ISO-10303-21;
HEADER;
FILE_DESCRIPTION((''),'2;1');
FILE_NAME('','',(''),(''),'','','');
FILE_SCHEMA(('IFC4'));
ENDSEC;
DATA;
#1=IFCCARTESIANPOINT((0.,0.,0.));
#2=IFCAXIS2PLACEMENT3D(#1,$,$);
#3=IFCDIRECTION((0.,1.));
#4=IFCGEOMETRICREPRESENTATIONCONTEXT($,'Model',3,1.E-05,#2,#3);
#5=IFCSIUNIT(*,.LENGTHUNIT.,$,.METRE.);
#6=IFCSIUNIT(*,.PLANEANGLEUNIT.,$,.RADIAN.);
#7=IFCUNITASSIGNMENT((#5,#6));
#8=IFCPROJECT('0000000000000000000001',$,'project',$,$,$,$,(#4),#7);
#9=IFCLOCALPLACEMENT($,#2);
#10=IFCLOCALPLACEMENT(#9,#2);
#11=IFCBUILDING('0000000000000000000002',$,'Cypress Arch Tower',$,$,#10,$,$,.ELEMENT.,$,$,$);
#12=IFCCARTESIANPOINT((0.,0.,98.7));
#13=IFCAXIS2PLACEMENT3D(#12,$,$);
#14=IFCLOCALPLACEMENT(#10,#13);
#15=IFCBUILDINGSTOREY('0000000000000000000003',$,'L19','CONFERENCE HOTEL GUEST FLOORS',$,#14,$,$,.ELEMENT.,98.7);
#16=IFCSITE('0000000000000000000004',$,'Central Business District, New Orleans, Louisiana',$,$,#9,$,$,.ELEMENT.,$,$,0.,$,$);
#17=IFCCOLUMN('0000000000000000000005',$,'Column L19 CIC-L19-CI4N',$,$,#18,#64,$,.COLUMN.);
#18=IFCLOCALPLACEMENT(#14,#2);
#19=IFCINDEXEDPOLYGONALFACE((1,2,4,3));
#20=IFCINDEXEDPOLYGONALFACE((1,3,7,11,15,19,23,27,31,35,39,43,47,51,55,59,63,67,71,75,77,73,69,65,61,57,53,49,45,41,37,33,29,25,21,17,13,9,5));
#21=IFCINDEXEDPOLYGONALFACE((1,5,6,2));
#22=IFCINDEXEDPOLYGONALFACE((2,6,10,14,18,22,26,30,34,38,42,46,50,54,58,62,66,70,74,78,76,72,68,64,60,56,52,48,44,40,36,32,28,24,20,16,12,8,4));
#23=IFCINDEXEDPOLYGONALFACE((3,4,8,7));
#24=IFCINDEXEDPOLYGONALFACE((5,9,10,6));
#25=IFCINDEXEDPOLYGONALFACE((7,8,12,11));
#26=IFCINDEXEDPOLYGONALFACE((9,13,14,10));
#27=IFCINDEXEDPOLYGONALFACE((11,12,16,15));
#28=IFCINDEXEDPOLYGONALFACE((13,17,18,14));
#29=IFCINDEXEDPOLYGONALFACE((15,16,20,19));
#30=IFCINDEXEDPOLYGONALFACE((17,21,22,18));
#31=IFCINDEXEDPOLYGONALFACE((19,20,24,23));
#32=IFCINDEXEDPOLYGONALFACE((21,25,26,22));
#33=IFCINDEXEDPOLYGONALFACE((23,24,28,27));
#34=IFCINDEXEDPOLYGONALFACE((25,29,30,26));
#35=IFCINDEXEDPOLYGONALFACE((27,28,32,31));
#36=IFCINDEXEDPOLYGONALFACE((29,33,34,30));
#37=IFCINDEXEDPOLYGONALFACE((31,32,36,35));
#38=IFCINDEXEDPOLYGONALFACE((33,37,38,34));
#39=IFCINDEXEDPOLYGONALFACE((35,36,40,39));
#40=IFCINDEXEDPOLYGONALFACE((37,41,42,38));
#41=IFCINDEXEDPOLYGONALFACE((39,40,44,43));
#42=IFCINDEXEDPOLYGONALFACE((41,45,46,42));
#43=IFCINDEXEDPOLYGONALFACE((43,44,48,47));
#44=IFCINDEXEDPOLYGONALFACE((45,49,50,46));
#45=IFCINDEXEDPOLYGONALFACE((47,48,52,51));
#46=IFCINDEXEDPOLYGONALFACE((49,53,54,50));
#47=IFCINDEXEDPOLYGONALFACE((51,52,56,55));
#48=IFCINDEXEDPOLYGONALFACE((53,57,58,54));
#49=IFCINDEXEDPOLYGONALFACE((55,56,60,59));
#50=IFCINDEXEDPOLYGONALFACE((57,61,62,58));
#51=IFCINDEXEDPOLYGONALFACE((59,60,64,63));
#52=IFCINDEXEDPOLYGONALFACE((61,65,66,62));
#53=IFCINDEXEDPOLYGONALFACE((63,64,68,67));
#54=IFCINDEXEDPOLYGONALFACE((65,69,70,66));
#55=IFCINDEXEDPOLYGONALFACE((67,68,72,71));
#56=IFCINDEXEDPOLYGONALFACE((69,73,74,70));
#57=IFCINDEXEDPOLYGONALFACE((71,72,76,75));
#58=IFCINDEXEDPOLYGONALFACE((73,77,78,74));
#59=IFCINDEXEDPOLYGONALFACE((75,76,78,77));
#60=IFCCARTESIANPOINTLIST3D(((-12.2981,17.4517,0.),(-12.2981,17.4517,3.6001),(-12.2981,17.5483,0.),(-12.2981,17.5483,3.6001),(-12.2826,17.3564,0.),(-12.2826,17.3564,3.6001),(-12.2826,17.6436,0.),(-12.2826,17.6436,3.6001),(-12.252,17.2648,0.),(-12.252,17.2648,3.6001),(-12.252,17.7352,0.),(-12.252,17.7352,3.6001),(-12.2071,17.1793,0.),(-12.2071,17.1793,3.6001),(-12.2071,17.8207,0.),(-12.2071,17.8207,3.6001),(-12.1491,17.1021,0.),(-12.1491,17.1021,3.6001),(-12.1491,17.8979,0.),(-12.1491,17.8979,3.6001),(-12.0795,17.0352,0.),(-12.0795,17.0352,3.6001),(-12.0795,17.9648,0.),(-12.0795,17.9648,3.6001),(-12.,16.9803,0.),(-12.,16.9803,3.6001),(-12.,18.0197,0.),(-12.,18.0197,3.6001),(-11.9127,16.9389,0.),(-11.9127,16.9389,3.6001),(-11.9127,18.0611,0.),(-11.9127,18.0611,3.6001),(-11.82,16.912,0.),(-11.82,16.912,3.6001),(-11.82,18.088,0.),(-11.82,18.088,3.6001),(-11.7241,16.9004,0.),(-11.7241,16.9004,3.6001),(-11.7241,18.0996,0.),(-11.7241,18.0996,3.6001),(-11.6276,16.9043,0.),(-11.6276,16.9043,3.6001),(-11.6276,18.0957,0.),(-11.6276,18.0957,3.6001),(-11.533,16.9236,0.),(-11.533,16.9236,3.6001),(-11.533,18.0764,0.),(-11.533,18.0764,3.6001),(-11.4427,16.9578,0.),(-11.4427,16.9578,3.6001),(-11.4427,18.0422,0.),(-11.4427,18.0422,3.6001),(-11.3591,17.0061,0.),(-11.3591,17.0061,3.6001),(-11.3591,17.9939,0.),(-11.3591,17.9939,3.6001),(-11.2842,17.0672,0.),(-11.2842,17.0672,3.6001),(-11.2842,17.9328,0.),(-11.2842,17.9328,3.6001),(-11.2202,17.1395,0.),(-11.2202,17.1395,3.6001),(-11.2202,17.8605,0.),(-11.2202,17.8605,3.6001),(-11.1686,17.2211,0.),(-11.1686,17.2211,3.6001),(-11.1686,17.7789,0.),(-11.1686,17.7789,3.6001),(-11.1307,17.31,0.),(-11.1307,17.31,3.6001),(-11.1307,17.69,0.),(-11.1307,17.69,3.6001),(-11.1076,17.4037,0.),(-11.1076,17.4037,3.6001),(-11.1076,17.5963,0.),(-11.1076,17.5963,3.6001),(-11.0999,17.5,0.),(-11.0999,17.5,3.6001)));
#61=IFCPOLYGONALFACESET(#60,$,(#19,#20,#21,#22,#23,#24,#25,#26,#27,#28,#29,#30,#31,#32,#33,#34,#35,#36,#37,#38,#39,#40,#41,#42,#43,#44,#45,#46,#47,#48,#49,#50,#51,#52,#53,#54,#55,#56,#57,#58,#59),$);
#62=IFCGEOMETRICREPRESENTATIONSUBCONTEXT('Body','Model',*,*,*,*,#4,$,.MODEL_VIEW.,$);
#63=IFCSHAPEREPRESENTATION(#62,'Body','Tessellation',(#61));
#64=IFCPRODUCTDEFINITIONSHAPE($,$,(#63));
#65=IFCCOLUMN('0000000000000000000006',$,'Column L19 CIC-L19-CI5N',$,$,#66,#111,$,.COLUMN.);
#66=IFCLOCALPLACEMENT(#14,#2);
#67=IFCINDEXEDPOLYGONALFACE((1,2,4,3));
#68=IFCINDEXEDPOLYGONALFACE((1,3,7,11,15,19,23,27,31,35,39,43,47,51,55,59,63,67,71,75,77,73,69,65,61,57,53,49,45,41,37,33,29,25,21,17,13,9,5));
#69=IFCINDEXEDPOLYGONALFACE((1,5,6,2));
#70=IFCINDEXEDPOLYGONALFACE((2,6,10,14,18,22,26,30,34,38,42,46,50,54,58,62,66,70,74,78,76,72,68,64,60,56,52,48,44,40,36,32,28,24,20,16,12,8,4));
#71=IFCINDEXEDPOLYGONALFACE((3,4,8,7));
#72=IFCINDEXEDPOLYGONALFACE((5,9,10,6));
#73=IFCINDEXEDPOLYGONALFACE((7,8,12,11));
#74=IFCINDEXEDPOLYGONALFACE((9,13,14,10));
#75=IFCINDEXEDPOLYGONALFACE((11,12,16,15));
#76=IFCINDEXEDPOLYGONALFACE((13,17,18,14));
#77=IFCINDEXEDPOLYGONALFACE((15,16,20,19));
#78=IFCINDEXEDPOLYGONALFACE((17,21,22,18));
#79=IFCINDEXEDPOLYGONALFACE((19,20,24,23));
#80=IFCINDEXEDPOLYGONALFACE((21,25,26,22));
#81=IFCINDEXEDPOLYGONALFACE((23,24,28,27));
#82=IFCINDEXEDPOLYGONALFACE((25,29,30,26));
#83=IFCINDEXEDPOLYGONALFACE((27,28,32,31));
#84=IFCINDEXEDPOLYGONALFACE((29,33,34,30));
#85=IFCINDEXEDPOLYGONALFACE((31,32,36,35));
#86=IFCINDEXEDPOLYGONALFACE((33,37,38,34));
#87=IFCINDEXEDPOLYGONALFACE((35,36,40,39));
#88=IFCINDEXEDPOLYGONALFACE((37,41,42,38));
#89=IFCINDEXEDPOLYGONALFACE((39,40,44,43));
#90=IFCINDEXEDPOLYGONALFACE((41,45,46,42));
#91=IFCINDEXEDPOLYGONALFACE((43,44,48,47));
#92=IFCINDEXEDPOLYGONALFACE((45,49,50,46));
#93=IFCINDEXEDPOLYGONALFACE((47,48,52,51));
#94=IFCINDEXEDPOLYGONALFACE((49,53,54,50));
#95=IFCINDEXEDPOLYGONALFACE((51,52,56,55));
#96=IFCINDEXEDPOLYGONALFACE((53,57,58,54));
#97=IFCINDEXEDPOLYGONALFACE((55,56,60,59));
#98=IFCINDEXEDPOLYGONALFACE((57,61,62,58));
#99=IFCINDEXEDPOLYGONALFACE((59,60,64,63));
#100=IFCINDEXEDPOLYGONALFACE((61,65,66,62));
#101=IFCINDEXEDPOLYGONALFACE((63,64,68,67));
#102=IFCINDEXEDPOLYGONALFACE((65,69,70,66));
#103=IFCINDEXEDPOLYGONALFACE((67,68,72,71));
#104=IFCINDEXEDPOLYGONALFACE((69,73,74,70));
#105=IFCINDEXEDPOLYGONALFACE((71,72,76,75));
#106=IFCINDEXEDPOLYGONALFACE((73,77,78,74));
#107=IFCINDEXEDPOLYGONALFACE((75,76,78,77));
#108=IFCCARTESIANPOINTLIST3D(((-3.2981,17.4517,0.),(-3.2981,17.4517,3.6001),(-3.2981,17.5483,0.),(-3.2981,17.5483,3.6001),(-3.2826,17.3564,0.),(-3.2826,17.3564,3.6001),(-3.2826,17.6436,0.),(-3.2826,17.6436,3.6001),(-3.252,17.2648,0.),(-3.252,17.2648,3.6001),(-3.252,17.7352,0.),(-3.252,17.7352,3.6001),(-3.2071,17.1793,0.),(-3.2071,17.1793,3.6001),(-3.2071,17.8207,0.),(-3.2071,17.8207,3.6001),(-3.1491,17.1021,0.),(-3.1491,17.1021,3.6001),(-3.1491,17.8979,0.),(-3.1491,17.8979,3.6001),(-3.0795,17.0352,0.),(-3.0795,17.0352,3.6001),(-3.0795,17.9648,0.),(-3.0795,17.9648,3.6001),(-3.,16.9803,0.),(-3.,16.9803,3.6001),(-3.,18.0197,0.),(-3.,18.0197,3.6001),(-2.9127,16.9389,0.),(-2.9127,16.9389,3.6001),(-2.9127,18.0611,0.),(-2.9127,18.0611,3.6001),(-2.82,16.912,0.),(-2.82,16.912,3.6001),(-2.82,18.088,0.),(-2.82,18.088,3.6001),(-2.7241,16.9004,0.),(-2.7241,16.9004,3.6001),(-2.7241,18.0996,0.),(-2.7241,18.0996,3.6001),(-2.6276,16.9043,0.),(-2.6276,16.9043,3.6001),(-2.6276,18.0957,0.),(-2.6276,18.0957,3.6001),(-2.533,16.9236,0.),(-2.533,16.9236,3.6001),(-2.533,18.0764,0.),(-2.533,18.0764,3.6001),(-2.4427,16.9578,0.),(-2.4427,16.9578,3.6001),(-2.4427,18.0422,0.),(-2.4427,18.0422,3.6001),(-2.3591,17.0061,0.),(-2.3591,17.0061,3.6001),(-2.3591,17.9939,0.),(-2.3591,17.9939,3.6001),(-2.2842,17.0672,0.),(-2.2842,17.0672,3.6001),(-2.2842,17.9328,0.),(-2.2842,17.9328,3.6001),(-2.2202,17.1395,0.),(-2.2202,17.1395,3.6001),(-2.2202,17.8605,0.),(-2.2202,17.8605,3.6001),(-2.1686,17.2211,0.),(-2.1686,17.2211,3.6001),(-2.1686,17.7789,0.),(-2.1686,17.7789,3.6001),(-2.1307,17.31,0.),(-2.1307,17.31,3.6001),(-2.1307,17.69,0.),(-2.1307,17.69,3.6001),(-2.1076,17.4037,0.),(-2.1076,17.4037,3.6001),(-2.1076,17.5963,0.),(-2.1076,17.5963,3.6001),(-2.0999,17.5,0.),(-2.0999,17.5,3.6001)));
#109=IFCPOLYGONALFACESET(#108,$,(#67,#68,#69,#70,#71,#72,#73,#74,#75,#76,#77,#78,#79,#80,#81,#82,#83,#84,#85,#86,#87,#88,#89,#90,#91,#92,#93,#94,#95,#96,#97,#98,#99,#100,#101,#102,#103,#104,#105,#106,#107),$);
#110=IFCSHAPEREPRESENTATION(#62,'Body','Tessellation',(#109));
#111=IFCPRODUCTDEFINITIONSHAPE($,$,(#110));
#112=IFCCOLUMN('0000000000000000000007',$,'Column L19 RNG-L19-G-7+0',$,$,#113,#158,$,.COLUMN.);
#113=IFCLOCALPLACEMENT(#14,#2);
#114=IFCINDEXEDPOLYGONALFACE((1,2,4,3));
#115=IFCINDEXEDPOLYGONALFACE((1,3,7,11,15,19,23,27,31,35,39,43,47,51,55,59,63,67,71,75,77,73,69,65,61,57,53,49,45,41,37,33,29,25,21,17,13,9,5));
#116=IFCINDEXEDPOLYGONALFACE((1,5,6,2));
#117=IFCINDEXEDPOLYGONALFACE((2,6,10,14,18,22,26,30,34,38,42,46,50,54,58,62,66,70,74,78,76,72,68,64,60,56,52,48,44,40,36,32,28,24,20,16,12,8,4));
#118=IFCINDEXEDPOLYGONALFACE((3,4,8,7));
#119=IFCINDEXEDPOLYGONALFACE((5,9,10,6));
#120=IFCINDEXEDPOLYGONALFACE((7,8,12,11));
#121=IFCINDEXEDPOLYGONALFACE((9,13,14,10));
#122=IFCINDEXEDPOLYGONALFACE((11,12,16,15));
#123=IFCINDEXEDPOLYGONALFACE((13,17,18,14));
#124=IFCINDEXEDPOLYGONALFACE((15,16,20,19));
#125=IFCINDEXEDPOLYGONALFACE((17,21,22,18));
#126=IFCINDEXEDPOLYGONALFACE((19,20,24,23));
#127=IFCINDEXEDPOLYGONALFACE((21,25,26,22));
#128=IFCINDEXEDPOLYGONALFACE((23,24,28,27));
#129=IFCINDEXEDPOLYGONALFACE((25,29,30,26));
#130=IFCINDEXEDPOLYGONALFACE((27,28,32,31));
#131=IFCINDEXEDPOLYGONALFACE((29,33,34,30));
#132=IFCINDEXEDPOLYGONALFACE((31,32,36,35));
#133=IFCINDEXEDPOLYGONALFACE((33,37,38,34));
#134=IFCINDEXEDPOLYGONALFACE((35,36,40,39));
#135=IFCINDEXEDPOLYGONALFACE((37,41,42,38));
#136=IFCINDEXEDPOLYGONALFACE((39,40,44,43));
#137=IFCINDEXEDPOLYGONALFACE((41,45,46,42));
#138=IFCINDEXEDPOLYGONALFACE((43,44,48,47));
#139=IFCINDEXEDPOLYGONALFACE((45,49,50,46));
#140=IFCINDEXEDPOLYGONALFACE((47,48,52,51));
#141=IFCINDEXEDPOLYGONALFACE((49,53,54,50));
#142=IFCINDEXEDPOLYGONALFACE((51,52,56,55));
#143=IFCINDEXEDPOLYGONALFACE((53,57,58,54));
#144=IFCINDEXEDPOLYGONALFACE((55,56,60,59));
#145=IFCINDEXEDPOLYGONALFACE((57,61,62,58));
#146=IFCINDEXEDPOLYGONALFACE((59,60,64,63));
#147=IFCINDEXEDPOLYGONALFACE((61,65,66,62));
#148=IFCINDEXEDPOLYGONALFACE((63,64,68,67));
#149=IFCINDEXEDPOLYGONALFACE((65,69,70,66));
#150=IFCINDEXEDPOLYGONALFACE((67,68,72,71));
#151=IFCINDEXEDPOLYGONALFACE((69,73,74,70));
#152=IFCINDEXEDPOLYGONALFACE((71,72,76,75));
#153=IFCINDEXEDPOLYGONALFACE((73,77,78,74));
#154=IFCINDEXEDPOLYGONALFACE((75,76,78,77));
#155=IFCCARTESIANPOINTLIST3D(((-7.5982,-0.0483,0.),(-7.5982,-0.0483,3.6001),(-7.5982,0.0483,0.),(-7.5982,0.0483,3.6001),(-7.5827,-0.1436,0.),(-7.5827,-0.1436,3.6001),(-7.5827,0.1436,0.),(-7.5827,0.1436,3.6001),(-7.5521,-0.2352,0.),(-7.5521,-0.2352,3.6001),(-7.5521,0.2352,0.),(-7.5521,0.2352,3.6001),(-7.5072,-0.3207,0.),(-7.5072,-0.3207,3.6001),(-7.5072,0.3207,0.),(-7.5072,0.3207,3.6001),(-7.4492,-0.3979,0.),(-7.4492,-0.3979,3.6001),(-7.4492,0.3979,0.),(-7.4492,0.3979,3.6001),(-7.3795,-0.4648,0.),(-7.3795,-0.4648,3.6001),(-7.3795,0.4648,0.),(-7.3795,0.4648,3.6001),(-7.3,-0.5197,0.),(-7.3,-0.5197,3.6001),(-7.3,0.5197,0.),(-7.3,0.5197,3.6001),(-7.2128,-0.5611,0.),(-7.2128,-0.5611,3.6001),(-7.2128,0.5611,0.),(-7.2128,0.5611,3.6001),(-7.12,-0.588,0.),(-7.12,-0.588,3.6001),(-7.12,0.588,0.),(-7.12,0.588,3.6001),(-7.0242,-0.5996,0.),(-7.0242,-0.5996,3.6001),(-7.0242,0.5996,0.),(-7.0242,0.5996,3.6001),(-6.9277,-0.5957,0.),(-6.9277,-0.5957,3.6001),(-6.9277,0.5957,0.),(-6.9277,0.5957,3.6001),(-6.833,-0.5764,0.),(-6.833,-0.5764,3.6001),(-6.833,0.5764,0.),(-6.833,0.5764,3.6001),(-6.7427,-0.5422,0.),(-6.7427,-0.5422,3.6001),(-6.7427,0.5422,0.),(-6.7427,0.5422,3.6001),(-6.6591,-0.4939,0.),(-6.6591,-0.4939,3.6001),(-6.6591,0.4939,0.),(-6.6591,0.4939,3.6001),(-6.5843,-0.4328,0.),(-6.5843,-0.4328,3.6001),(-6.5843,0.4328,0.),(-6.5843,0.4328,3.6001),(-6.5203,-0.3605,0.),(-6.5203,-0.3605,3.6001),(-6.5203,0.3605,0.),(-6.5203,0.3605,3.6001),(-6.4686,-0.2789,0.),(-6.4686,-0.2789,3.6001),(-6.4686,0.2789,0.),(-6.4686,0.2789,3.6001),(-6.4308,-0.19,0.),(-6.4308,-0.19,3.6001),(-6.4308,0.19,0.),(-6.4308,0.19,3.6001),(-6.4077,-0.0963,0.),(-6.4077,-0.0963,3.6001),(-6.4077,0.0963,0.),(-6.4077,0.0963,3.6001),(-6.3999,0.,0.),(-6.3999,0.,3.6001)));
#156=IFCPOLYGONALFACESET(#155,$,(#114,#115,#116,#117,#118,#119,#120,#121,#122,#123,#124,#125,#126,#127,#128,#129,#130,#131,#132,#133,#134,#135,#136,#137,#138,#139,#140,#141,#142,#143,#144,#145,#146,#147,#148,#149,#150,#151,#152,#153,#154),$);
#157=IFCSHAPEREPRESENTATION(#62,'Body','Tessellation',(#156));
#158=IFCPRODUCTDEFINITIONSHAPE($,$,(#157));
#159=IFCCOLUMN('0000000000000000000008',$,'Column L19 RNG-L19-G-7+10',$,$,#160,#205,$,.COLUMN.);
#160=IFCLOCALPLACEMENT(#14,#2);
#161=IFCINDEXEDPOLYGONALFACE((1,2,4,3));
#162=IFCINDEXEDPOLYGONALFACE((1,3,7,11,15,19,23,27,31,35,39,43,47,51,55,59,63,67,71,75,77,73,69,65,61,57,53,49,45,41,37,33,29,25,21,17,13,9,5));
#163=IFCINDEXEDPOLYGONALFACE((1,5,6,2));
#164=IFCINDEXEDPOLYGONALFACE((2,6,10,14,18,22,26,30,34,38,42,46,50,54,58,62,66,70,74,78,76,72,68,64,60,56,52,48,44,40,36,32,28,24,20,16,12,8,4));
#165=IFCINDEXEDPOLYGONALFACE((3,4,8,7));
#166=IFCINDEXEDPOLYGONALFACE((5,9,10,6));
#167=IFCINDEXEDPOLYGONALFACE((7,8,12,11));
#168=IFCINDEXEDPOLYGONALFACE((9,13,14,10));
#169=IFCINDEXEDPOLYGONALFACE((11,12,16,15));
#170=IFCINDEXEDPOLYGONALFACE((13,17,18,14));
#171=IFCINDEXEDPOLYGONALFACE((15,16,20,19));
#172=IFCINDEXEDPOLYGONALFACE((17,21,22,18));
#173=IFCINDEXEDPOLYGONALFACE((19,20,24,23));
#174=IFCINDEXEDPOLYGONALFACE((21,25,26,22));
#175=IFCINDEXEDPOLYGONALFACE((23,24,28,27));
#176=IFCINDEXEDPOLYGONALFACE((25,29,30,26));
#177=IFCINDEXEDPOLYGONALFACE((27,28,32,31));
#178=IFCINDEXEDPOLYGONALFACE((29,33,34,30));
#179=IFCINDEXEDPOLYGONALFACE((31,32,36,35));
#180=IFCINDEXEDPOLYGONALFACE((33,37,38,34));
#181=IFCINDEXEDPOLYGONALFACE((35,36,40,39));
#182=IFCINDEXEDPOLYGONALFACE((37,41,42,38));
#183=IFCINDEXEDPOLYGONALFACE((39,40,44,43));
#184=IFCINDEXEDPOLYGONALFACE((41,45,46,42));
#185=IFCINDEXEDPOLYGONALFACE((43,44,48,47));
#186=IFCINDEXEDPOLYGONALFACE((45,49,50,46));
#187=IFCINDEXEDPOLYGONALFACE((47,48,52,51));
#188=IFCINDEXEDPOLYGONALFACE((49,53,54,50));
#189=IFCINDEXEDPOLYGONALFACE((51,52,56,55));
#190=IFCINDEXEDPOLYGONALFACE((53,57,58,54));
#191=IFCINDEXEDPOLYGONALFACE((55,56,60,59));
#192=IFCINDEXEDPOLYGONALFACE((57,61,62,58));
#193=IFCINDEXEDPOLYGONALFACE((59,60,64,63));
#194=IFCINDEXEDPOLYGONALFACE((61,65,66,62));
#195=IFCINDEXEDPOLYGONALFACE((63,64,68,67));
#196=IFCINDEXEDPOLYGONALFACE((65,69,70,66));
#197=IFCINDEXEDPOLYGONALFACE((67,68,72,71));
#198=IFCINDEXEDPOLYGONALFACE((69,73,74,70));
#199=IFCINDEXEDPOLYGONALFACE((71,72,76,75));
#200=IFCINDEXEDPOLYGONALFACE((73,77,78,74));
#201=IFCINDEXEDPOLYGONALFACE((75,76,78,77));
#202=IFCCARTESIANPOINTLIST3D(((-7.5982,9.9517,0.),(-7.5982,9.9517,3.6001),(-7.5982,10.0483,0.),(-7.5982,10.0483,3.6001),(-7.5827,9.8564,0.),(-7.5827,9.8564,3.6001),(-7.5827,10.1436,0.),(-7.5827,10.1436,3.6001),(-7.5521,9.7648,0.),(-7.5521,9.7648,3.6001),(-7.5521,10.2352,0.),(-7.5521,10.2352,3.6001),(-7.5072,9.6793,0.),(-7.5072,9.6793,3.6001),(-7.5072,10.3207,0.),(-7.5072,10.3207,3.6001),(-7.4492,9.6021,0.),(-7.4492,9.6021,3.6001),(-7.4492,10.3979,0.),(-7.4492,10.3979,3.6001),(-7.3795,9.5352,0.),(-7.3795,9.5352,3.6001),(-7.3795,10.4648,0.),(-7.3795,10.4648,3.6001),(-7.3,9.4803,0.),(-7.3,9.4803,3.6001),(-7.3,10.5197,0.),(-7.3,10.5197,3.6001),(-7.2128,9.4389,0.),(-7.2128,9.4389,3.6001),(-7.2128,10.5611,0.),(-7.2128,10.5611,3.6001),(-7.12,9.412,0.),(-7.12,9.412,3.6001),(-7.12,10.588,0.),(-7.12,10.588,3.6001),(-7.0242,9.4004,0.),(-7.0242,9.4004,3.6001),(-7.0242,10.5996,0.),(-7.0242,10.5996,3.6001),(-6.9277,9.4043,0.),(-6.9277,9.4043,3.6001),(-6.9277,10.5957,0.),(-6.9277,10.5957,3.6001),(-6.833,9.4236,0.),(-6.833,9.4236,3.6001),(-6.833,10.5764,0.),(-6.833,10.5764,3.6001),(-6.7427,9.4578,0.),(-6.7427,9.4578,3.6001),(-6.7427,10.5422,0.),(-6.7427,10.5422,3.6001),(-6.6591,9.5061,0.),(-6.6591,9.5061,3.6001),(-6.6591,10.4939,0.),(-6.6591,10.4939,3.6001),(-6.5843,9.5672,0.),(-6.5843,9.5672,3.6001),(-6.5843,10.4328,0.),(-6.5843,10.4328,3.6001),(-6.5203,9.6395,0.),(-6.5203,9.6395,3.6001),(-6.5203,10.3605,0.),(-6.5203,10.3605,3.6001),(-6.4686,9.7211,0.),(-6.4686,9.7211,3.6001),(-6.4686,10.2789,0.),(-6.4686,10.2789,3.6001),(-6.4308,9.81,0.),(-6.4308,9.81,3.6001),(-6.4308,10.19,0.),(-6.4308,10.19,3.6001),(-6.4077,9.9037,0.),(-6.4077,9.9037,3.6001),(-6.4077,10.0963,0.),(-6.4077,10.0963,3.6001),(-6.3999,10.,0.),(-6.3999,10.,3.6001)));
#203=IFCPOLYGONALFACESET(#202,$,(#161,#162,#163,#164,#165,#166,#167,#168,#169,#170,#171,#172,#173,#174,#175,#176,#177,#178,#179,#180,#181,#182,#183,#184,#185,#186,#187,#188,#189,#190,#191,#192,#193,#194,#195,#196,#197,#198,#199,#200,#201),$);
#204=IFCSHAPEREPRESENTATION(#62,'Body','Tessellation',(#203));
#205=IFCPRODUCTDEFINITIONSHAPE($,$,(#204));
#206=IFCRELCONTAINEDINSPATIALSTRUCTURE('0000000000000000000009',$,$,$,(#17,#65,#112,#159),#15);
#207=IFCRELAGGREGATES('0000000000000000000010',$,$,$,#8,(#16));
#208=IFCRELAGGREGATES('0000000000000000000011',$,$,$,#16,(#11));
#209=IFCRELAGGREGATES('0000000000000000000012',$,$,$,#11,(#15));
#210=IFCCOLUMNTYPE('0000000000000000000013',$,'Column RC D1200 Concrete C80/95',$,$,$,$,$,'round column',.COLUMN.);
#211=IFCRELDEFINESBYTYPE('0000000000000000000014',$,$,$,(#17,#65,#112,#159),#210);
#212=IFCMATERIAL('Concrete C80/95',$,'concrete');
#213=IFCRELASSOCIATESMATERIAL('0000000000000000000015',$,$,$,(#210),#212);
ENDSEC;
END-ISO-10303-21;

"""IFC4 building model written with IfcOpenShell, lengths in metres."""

from ifc_helpers import new_model, si_unit, direction, frame, origin, origin_2d, place, context, subcontext, project, spatial, circle, extrude, material, material_profile, profile_set, type_object, element, save


model = new_model("IFC4")

# Units and contexts
model_context = context("Model", 3, precision=1e-05, world=origin(), true_north=direction((0.0, 1.0)))
body_context = subcontext(model_context, "Body", "Model", "MODEL_VIEW")
ifc_project = project(units=[si_unit("LENGTHUNIT", "METRE"), si_unit("PLANEANGLEUNIT", "RADIAN")], contexts=[model_context])

# Site, building, storey
site_placement = place(None, origin())
site = spatial("IfcSite", under=ifc_project, at=site_placement, Name="Central Business District, New Orleans, Louisiana", CompositionType="ELEMENT", RefElevation=0.0)
building_placement = place(site_placement, origin())
building = spatial("IfcBuilding", under=site, at=building_placement, Name="Cypress Arch Tower", CompositionType="ELEMENT")
storey_placement = place(building_placement, frame((0.0, 0.0, 98.7)))
storey = spatial("IfcBuildingStorey", under=building, at=storey_placement, Name="L19", Description="CONFERENCE HOTEL GUEST FLOORS", CompositionType="ELEMENT", Elevation=98.7)

# Columns
ifc_material_1 = material(Name="Concrete C80/95", Category="concrete")
ifc_material_profile_1 = material_profile(ifc_material_1, circle(Radius=0.6001, at=origin_2d()), Name="RC D1200")
ifc_profile_set_1 = profile_set([ifc_material_profile_1], Name="Concrete C80/95")
column_type = type_object("IfcColumnType", Name="Column RC D1200 Concrete C80/95", ElementType="round column", PredefinedType="COLUMN", material=ifc_profile_set_1)
for number, where, z_axis, x_axis, name in (
    (1, (-11.7, 17.5, 0.0), (0.0, 0.0, 1.0), (1.0, 0.0, 0.0), "Column L19 CIC-L19-CI4N"),
    (2, (-2.7, 17.5, 0.0), (0.0, 0.0, 1.0), (1.0, 0.0, 0.0), "Column L19 CIC-L19-CI5N"),
    (3, (-7.0, 0.0, 0.0), (0.0, 0.0, 1.0), (1.0, 0.0, 0.0), "Column L19 RNG-L19-G-7+0"),
    (4, (-7.0, 10.0, 0.0), (0.0, 0.0, 1.0), (1.0, 0.0, 0.0), "Column L19 RNG-L19-G-7+10"),
):
    element("IfcColumn", number, at=place(storey_placement, frame(where, z_axis=z_axis, x_axis=x_axis)), inside=storey, type_object=column_type, Name=name, PredefinedType="COLUMN", context=body_context, shape_type="SweptSolid", body=[
        extrude(circle(Radius=0.6001, at=origin_2d()), origin(), (0.0, 0.0, 1.0), 3.6001),
    ])

save(model, "model.ifc")
